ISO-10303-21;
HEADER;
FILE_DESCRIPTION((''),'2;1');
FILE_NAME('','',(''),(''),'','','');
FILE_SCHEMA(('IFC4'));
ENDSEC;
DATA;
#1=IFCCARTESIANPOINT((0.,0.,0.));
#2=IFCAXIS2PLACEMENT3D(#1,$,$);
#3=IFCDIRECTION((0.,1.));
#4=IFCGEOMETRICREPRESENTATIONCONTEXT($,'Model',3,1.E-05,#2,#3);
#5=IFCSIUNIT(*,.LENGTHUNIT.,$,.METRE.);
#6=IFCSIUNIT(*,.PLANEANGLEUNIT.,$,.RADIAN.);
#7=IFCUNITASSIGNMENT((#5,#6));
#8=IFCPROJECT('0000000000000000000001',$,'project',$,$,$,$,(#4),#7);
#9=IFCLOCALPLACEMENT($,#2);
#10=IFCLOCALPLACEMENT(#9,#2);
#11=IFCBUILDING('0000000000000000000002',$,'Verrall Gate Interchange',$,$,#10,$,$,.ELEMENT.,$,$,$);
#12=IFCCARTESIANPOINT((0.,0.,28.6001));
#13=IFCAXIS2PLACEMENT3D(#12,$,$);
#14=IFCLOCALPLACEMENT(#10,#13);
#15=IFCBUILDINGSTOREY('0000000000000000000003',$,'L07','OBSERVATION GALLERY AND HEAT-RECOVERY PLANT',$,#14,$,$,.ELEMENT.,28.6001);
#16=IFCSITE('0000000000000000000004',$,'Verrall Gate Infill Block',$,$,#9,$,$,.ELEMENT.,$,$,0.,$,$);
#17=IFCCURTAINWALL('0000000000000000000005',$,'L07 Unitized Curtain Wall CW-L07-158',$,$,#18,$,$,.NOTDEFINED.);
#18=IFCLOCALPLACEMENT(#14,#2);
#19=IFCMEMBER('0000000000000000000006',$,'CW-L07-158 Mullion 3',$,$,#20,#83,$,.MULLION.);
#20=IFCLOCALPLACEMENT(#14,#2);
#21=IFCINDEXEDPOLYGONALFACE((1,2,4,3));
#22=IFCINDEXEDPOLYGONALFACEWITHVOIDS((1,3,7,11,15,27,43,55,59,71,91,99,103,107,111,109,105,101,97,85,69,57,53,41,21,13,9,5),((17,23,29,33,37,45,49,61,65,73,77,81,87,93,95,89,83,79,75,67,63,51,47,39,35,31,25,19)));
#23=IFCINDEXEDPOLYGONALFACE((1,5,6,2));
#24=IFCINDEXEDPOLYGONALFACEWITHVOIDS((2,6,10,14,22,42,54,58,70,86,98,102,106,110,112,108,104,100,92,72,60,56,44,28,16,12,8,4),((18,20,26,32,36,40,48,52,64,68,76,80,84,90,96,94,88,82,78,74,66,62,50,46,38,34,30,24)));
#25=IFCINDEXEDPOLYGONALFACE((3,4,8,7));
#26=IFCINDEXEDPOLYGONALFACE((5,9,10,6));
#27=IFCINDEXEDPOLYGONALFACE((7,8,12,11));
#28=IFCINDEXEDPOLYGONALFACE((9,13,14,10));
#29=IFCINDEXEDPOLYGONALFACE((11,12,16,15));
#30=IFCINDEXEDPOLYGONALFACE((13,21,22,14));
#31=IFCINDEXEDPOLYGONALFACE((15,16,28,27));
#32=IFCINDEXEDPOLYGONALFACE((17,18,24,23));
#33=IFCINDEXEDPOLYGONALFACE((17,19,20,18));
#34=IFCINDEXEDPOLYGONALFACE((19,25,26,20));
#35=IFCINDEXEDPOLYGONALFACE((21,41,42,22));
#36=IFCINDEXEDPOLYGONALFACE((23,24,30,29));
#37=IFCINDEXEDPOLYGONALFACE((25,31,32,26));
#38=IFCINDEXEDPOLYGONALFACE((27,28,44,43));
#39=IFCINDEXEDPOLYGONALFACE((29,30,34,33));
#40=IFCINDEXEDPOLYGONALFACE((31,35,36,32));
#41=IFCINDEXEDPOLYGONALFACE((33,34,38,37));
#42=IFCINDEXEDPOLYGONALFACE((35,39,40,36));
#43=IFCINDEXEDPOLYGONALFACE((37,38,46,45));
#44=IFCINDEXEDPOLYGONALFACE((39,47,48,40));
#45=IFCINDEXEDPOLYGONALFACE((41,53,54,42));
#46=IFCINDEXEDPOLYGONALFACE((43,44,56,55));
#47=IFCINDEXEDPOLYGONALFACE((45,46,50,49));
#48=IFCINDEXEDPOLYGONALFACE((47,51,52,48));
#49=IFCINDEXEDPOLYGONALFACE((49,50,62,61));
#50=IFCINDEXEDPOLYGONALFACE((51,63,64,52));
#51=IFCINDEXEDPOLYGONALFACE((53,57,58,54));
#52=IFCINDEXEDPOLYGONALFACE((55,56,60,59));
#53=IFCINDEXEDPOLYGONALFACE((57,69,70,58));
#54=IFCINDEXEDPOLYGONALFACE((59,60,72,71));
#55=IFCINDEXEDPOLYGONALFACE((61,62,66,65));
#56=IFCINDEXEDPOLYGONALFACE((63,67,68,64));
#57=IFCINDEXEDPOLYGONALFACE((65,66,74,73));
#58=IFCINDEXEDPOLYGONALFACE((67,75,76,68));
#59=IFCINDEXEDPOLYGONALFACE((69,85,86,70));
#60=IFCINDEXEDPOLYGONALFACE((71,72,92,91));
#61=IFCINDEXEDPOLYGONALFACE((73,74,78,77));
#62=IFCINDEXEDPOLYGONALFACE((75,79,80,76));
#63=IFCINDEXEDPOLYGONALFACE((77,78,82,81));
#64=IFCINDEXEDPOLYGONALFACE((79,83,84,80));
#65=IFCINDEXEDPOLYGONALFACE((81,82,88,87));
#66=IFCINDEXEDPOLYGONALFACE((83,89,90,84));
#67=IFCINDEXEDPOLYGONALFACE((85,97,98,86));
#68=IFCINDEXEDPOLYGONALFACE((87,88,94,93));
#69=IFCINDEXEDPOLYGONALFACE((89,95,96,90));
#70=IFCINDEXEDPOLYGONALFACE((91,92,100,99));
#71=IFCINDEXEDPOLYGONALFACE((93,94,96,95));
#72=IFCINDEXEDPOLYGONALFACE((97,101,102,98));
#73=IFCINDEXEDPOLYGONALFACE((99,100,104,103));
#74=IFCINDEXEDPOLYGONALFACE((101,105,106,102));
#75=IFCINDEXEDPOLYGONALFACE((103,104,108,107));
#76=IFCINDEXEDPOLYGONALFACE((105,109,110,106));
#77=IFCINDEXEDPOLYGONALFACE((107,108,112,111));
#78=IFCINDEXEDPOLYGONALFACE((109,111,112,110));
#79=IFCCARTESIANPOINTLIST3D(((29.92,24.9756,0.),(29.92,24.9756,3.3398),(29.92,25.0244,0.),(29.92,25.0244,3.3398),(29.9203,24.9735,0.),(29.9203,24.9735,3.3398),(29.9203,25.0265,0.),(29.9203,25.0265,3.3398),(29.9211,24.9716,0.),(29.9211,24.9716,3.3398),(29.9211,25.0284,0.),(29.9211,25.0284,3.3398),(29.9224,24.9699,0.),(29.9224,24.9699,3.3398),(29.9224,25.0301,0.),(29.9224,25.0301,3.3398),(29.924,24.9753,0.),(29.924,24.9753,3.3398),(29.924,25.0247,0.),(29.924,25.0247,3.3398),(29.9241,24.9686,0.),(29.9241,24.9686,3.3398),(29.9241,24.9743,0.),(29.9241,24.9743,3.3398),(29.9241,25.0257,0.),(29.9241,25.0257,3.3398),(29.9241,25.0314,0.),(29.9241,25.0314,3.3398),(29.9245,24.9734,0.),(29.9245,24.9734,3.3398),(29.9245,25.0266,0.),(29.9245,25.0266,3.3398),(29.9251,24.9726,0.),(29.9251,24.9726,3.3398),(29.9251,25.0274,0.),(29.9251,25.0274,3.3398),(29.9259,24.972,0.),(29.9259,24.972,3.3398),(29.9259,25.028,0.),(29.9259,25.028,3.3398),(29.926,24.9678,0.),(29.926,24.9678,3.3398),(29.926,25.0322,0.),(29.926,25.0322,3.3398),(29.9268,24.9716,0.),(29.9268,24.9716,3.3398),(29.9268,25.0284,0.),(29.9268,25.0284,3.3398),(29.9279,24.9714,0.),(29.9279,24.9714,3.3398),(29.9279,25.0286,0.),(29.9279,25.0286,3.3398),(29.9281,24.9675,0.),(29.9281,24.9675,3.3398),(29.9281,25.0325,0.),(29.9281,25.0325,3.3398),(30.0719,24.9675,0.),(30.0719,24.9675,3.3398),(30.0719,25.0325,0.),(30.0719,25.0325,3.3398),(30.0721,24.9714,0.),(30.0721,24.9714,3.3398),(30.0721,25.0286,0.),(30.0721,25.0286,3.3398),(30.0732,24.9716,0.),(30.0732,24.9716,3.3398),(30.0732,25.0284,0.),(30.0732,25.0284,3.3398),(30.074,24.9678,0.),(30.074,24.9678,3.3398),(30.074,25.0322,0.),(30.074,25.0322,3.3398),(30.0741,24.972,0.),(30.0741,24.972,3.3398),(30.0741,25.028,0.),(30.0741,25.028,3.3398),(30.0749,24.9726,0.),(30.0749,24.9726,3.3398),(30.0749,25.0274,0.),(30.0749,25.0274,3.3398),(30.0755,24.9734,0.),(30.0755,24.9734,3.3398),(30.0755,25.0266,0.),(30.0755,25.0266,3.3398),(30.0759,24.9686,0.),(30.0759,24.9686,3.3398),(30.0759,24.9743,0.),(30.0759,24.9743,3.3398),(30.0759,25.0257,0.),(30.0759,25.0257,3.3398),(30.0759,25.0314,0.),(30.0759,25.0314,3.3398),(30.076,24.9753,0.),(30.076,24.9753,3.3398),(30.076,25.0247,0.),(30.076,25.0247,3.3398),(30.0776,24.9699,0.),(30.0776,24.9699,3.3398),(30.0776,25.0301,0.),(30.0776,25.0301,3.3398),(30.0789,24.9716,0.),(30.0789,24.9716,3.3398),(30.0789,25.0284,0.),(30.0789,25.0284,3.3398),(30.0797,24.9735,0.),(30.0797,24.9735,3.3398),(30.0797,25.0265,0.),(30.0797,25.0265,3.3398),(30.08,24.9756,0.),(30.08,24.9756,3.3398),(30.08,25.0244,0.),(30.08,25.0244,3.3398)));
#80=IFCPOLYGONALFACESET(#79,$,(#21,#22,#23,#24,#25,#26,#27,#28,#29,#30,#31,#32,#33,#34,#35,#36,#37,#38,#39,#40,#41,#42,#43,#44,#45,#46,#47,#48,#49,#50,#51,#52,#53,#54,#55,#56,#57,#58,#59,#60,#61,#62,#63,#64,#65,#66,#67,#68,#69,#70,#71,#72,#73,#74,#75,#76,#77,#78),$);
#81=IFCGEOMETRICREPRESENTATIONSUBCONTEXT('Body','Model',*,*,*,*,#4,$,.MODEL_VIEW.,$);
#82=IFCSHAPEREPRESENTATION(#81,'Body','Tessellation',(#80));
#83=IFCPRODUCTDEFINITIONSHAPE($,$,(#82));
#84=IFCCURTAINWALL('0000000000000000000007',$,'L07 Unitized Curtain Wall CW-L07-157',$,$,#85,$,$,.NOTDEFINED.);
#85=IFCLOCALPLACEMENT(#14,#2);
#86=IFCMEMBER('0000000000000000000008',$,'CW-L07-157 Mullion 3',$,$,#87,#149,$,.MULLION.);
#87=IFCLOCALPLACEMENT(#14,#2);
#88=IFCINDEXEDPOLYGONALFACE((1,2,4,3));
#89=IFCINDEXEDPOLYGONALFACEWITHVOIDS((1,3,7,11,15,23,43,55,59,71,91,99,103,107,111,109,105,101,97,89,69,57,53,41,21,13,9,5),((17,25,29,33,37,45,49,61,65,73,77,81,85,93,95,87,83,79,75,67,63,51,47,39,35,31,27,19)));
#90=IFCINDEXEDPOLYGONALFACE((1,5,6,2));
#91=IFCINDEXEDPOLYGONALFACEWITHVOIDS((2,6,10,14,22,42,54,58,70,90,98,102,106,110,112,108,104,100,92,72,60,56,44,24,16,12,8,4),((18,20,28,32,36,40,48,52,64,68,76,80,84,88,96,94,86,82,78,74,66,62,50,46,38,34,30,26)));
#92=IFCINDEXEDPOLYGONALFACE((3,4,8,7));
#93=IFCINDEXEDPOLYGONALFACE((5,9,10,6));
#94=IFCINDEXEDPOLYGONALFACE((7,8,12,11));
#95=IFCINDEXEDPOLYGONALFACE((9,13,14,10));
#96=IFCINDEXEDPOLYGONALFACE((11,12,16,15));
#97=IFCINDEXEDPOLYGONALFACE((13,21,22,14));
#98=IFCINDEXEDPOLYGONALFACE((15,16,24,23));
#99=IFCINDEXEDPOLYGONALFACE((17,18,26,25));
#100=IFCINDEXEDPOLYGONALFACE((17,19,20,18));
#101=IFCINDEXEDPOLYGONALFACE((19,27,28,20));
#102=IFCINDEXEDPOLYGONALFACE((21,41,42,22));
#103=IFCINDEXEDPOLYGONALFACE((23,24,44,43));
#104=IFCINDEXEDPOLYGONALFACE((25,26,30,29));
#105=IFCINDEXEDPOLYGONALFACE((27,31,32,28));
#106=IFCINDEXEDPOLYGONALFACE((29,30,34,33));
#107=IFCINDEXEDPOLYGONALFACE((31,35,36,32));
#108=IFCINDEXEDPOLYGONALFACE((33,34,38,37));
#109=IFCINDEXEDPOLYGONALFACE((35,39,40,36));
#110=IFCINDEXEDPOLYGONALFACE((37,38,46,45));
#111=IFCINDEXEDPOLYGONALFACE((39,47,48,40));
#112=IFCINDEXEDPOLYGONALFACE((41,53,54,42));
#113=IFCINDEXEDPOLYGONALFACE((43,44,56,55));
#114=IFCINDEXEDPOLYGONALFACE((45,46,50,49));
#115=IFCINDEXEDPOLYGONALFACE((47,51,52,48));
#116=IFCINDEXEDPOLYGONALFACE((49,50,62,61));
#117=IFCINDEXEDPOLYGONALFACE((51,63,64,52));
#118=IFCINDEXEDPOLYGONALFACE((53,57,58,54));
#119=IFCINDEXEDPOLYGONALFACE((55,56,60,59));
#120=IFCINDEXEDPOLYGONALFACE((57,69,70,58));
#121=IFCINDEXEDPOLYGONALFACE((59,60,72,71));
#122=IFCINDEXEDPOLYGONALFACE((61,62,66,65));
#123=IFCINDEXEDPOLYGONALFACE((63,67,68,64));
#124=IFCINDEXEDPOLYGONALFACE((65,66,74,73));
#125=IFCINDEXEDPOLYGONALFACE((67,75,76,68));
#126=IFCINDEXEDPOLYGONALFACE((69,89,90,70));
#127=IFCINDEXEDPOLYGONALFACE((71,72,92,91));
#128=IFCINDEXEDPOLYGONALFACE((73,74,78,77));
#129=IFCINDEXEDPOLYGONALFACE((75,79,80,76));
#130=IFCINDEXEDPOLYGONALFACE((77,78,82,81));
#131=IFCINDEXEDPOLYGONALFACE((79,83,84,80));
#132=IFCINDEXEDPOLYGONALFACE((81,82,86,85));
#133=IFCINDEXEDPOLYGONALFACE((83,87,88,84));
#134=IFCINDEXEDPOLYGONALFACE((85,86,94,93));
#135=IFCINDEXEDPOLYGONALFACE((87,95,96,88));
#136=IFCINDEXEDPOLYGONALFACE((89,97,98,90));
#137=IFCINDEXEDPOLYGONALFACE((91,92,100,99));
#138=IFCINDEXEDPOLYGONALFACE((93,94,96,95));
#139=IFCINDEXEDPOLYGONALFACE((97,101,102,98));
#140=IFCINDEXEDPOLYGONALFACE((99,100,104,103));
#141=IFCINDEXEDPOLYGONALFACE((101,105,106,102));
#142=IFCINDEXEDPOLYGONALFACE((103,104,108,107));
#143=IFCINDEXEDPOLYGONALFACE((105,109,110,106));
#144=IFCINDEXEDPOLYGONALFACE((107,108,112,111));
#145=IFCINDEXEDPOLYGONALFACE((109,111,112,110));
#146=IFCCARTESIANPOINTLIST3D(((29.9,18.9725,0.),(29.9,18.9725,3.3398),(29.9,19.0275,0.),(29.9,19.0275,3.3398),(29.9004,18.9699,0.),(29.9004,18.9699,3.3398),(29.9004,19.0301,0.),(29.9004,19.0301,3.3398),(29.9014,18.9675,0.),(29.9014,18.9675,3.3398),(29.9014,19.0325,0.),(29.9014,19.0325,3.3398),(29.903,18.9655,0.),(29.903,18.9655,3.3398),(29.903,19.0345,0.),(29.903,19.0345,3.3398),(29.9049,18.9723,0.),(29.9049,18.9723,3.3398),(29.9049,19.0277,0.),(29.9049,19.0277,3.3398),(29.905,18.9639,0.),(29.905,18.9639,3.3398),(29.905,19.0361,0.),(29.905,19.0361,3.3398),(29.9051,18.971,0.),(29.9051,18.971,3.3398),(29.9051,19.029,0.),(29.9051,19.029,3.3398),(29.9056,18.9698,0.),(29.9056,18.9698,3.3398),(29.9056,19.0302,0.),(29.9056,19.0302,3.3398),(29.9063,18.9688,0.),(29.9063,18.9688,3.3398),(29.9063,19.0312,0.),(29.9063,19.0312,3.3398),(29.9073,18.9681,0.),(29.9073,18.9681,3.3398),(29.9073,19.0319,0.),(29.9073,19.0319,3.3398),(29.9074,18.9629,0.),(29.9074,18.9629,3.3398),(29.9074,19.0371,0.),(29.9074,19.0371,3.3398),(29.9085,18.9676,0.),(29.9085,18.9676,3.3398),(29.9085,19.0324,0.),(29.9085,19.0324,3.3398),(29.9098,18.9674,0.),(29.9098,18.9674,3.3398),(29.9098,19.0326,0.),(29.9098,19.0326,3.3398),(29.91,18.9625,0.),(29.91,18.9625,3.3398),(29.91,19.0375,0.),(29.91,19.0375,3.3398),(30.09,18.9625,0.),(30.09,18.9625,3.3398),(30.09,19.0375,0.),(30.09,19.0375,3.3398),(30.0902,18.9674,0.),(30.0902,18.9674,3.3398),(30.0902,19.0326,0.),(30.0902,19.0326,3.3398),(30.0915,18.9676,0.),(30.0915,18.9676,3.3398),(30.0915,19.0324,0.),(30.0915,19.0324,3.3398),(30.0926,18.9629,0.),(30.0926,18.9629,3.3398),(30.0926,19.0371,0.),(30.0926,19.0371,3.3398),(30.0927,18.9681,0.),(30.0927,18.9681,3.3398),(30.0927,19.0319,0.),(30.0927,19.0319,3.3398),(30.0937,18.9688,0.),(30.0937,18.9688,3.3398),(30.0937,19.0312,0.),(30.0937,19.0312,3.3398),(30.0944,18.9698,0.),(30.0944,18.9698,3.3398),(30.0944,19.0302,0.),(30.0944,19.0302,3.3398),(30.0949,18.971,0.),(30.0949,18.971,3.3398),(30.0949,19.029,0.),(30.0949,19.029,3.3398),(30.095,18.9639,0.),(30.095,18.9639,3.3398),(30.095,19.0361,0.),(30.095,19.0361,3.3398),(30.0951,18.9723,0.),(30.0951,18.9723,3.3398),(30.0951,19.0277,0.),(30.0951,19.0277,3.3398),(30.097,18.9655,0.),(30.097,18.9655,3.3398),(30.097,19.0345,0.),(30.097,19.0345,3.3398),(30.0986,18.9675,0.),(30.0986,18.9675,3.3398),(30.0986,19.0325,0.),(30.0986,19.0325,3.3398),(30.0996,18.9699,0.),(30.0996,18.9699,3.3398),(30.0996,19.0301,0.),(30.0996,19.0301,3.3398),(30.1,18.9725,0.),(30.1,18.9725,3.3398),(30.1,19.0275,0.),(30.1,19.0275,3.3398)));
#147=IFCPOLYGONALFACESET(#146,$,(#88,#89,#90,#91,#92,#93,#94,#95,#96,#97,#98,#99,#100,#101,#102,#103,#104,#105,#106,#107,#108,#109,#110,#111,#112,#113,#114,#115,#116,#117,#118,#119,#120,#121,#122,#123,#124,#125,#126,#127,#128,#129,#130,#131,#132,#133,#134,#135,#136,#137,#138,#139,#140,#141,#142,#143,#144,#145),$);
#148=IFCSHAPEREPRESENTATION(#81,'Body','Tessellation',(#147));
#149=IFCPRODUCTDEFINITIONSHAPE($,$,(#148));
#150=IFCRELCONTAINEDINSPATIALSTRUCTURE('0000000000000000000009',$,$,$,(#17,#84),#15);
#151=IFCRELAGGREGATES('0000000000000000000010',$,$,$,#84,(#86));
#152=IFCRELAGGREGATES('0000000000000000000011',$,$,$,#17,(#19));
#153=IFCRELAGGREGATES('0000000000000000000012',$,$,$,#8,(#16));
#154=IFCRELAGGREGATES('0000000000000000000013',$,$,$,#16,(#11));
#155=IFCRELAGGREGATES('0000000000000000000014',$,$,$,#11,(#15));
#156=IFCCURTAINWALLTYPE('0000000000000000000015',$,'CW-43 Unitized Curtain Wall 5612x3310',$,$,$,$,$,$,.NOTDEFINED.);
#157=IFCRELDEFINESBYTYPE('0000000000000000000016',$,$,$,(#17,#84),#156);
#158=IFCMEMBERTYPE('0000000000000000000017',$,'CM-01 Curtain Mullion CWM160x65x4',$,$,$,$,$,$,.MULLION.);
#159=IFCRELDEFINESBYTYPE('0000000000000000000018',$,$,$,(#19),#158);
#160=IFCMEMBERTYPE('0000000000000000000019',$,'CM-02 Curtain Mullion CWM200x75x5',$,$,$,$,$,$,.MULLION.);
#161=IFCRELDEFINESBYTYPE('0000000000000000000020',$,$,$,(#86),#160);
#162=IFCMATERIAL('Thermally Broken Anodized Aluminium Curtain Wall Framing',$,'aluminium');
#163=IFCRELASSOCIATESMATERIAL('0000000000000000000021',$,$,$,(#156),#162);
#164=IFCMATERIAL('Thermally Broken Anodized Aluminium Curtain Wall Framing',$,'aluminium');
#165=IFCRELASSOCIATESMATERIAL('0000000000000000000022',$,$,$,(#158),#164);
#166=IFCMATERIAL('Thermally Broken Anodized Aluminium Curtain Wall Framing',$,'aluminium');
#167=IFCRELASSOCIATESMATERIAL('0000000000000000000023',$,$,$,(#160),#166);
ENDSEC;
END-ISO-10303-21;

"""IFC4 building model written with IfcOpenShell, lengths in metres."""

from ifc_helpers import new_model, si_unit, direction, frame, origin, origin_2d, place, context, subcontext, project, spatial, hollow_rectangle, extrude, material, material_profile, profile_set, type_object, element, aggregate, save


model = new_model("IFC4")

# Units and contexts
model_context = context("Model", 3, precision=1e-05, world=origin(), true_north=direction((0.0, 1.0)))
body_context = subcontext(model_context, "Body", "Model", "MODEL_VIEW")
ifc_project = project(units=[si_unit("LENGTHUNIT", "METRE"), si_unit("PLANEANGLEUNIT", "RADIAN")], contexts=[model_context])

# Site, building, storey
site_placement = place(None, origin())
site = spatial("IfcSite", under=ifc_project, at=site_placement, Name="Verrall Gate Infill Block", CompositionType="ELEMENT", RefElevation=0.0)
building_placement = place(site_placement, origin())
building = spatial("IfcBuilding", under=site, at=building_placement, Name="Verrall Gate Interchange", CompositionType="ELEMENT")
storey_placement = place(building_placement, frame((0.0, 0.0, 28.6001)))
storey = spatial("IfcBuildingStorey", under=building, at=storey_placement, Name="L07", Description="OBSERVATION GALLERY AND HEAT-RECOVERY PLANT", CompositionType="ELEMENT", Elevation=28.6001)

# Curtain walls, members
ifc_material_1 = material(Name="Thermally Broken Anodized Aluminium Curtain Wall Framing", Category="aluminium")
curtain_wall_type = type_object("IfcCurtainWallType", Name="CW-43 Unitized Curtain Wall 5612x3310", PredefinedType="NOTDEFINED", material=ifc_material_1)
curtain_wall_1_placement = place(storey_placement, origin())
curtain_wall_1 = element("IfcCurtainWall", 1, at=curtain_wall_1_placement, inside=storey, type_object=curtain_wall_type, Name="L07 Unitized Curtain Wall CW-L07-158", PredefinedType="NOTDEFINED")
ifc_material_2 = material(Name="Thermally Broken Anodized Aluminium Curtain Wall Framing", Category="aluminium")
ifc_material_profile_1 = material_profile(ifc_material_2, hollow_rectangle(XDim=0.0649, YDim=0.1599, WallThickness=0.0039, InnerFilletRadius=0.0039, OuterFilletRadius=0.0081, at=origin_2d()), Name="CWM160x65x4")
ifc_profile_set_1 = profile_set([ifc_material_profile_1], Name="Thermally Broken Anodized Aluminium Curtain Wall Framing")
member_type_1 = type_object("IfcMemberType", Name="CM-01 Curtain Mullion CWM160x65x4", PredefinedType="MULLION", material=ifc_profile_set_1)
member_1_placement = place(storey_placement, frame((30.0, 25.0, 0.0), z_axis=(0.0, 0.0, 1.0), x_axis=(0.0, 1.0, 0.0)))
member_1 = element("IfcMember", 2, at=member_1_placement, type_object=member_type_1, Name="CW-L07-158 Mullion 3", PredefinedType="MULLION", context=body_context, shape_type="SweptSolid", body=[
    extrude(hollow_rectangle(XDim=0.0649, YDim=0.1599, WallThickness=0.0039, InnerFilletRadius=0.0039, OuterFilletRadius=0.0081, at=origin_2d()), origin(), (0.0, 0.0, 1.0), 3.3398),
])
curtain_wall_2_placement = place(storey_placement, origin())
curtain_wall_2 = element("IfcCurtainWall", 3, at=curtain_wall_2_placement, inside=storey, type_object=curtain_wall_type, Name="L07 Unitized Curtain Wall CW-L07-157", PredefinedType="NOTDEFINED")
ifc_material_3 = material(Name="Thermally Broken Anodized Aluminium Curtain Wall Framing", Category="aluminium")
ifc_material_profile_2 = material_profile(ifc_material_3, hollow_rectangle(XDim=0.075, YDim=0.2, WallThickness=0.0049, InnerFilletRadius=0.0049, OuterFilletRadius=0.01, at=origin_2d()), Name="CWM200x75x5")
ifc_profile_set_2 = profile_set([ifc_material_profile_2], Name="Thermally Broken Anodized Aluminium Curtain Wall Framing")
member_type_2 = type_object("IfcMemberType", Name="CM-02 Curtain Mullion CWM200x75x5", PredefinedType="MULLION", material=ifc_profile_set_2)
member_2_placement = place(storey_placement, frame((30.0, 19.0, 0.0), z_axis=(0.0, 0.0, 1.0), x_axis=(0.0, 1.0, 0.0)))
member_2 = element("IfcMember", 4, at=member_2_placement, type_object=member_type_2, Name="CW-L07-157 Mullion 3", PredefinedType="MULLION", context=body_context, shape_type="SweptSolid", body=[
    extrude(hollow_rectangle(XDim=0.075, YDim=0.2, WallThickness=0.0049, InnerFilletRadius=0.0049, OuterFilletRadius=0.01, at=origin_2d()), origin(), (0.0, 0.0, 1.0), 3.3398),
])

aggregate(curtain_wall_2, [member_2])
aggregate(curtain_wall_1, [member_1])

save(model, "model.ifc")
